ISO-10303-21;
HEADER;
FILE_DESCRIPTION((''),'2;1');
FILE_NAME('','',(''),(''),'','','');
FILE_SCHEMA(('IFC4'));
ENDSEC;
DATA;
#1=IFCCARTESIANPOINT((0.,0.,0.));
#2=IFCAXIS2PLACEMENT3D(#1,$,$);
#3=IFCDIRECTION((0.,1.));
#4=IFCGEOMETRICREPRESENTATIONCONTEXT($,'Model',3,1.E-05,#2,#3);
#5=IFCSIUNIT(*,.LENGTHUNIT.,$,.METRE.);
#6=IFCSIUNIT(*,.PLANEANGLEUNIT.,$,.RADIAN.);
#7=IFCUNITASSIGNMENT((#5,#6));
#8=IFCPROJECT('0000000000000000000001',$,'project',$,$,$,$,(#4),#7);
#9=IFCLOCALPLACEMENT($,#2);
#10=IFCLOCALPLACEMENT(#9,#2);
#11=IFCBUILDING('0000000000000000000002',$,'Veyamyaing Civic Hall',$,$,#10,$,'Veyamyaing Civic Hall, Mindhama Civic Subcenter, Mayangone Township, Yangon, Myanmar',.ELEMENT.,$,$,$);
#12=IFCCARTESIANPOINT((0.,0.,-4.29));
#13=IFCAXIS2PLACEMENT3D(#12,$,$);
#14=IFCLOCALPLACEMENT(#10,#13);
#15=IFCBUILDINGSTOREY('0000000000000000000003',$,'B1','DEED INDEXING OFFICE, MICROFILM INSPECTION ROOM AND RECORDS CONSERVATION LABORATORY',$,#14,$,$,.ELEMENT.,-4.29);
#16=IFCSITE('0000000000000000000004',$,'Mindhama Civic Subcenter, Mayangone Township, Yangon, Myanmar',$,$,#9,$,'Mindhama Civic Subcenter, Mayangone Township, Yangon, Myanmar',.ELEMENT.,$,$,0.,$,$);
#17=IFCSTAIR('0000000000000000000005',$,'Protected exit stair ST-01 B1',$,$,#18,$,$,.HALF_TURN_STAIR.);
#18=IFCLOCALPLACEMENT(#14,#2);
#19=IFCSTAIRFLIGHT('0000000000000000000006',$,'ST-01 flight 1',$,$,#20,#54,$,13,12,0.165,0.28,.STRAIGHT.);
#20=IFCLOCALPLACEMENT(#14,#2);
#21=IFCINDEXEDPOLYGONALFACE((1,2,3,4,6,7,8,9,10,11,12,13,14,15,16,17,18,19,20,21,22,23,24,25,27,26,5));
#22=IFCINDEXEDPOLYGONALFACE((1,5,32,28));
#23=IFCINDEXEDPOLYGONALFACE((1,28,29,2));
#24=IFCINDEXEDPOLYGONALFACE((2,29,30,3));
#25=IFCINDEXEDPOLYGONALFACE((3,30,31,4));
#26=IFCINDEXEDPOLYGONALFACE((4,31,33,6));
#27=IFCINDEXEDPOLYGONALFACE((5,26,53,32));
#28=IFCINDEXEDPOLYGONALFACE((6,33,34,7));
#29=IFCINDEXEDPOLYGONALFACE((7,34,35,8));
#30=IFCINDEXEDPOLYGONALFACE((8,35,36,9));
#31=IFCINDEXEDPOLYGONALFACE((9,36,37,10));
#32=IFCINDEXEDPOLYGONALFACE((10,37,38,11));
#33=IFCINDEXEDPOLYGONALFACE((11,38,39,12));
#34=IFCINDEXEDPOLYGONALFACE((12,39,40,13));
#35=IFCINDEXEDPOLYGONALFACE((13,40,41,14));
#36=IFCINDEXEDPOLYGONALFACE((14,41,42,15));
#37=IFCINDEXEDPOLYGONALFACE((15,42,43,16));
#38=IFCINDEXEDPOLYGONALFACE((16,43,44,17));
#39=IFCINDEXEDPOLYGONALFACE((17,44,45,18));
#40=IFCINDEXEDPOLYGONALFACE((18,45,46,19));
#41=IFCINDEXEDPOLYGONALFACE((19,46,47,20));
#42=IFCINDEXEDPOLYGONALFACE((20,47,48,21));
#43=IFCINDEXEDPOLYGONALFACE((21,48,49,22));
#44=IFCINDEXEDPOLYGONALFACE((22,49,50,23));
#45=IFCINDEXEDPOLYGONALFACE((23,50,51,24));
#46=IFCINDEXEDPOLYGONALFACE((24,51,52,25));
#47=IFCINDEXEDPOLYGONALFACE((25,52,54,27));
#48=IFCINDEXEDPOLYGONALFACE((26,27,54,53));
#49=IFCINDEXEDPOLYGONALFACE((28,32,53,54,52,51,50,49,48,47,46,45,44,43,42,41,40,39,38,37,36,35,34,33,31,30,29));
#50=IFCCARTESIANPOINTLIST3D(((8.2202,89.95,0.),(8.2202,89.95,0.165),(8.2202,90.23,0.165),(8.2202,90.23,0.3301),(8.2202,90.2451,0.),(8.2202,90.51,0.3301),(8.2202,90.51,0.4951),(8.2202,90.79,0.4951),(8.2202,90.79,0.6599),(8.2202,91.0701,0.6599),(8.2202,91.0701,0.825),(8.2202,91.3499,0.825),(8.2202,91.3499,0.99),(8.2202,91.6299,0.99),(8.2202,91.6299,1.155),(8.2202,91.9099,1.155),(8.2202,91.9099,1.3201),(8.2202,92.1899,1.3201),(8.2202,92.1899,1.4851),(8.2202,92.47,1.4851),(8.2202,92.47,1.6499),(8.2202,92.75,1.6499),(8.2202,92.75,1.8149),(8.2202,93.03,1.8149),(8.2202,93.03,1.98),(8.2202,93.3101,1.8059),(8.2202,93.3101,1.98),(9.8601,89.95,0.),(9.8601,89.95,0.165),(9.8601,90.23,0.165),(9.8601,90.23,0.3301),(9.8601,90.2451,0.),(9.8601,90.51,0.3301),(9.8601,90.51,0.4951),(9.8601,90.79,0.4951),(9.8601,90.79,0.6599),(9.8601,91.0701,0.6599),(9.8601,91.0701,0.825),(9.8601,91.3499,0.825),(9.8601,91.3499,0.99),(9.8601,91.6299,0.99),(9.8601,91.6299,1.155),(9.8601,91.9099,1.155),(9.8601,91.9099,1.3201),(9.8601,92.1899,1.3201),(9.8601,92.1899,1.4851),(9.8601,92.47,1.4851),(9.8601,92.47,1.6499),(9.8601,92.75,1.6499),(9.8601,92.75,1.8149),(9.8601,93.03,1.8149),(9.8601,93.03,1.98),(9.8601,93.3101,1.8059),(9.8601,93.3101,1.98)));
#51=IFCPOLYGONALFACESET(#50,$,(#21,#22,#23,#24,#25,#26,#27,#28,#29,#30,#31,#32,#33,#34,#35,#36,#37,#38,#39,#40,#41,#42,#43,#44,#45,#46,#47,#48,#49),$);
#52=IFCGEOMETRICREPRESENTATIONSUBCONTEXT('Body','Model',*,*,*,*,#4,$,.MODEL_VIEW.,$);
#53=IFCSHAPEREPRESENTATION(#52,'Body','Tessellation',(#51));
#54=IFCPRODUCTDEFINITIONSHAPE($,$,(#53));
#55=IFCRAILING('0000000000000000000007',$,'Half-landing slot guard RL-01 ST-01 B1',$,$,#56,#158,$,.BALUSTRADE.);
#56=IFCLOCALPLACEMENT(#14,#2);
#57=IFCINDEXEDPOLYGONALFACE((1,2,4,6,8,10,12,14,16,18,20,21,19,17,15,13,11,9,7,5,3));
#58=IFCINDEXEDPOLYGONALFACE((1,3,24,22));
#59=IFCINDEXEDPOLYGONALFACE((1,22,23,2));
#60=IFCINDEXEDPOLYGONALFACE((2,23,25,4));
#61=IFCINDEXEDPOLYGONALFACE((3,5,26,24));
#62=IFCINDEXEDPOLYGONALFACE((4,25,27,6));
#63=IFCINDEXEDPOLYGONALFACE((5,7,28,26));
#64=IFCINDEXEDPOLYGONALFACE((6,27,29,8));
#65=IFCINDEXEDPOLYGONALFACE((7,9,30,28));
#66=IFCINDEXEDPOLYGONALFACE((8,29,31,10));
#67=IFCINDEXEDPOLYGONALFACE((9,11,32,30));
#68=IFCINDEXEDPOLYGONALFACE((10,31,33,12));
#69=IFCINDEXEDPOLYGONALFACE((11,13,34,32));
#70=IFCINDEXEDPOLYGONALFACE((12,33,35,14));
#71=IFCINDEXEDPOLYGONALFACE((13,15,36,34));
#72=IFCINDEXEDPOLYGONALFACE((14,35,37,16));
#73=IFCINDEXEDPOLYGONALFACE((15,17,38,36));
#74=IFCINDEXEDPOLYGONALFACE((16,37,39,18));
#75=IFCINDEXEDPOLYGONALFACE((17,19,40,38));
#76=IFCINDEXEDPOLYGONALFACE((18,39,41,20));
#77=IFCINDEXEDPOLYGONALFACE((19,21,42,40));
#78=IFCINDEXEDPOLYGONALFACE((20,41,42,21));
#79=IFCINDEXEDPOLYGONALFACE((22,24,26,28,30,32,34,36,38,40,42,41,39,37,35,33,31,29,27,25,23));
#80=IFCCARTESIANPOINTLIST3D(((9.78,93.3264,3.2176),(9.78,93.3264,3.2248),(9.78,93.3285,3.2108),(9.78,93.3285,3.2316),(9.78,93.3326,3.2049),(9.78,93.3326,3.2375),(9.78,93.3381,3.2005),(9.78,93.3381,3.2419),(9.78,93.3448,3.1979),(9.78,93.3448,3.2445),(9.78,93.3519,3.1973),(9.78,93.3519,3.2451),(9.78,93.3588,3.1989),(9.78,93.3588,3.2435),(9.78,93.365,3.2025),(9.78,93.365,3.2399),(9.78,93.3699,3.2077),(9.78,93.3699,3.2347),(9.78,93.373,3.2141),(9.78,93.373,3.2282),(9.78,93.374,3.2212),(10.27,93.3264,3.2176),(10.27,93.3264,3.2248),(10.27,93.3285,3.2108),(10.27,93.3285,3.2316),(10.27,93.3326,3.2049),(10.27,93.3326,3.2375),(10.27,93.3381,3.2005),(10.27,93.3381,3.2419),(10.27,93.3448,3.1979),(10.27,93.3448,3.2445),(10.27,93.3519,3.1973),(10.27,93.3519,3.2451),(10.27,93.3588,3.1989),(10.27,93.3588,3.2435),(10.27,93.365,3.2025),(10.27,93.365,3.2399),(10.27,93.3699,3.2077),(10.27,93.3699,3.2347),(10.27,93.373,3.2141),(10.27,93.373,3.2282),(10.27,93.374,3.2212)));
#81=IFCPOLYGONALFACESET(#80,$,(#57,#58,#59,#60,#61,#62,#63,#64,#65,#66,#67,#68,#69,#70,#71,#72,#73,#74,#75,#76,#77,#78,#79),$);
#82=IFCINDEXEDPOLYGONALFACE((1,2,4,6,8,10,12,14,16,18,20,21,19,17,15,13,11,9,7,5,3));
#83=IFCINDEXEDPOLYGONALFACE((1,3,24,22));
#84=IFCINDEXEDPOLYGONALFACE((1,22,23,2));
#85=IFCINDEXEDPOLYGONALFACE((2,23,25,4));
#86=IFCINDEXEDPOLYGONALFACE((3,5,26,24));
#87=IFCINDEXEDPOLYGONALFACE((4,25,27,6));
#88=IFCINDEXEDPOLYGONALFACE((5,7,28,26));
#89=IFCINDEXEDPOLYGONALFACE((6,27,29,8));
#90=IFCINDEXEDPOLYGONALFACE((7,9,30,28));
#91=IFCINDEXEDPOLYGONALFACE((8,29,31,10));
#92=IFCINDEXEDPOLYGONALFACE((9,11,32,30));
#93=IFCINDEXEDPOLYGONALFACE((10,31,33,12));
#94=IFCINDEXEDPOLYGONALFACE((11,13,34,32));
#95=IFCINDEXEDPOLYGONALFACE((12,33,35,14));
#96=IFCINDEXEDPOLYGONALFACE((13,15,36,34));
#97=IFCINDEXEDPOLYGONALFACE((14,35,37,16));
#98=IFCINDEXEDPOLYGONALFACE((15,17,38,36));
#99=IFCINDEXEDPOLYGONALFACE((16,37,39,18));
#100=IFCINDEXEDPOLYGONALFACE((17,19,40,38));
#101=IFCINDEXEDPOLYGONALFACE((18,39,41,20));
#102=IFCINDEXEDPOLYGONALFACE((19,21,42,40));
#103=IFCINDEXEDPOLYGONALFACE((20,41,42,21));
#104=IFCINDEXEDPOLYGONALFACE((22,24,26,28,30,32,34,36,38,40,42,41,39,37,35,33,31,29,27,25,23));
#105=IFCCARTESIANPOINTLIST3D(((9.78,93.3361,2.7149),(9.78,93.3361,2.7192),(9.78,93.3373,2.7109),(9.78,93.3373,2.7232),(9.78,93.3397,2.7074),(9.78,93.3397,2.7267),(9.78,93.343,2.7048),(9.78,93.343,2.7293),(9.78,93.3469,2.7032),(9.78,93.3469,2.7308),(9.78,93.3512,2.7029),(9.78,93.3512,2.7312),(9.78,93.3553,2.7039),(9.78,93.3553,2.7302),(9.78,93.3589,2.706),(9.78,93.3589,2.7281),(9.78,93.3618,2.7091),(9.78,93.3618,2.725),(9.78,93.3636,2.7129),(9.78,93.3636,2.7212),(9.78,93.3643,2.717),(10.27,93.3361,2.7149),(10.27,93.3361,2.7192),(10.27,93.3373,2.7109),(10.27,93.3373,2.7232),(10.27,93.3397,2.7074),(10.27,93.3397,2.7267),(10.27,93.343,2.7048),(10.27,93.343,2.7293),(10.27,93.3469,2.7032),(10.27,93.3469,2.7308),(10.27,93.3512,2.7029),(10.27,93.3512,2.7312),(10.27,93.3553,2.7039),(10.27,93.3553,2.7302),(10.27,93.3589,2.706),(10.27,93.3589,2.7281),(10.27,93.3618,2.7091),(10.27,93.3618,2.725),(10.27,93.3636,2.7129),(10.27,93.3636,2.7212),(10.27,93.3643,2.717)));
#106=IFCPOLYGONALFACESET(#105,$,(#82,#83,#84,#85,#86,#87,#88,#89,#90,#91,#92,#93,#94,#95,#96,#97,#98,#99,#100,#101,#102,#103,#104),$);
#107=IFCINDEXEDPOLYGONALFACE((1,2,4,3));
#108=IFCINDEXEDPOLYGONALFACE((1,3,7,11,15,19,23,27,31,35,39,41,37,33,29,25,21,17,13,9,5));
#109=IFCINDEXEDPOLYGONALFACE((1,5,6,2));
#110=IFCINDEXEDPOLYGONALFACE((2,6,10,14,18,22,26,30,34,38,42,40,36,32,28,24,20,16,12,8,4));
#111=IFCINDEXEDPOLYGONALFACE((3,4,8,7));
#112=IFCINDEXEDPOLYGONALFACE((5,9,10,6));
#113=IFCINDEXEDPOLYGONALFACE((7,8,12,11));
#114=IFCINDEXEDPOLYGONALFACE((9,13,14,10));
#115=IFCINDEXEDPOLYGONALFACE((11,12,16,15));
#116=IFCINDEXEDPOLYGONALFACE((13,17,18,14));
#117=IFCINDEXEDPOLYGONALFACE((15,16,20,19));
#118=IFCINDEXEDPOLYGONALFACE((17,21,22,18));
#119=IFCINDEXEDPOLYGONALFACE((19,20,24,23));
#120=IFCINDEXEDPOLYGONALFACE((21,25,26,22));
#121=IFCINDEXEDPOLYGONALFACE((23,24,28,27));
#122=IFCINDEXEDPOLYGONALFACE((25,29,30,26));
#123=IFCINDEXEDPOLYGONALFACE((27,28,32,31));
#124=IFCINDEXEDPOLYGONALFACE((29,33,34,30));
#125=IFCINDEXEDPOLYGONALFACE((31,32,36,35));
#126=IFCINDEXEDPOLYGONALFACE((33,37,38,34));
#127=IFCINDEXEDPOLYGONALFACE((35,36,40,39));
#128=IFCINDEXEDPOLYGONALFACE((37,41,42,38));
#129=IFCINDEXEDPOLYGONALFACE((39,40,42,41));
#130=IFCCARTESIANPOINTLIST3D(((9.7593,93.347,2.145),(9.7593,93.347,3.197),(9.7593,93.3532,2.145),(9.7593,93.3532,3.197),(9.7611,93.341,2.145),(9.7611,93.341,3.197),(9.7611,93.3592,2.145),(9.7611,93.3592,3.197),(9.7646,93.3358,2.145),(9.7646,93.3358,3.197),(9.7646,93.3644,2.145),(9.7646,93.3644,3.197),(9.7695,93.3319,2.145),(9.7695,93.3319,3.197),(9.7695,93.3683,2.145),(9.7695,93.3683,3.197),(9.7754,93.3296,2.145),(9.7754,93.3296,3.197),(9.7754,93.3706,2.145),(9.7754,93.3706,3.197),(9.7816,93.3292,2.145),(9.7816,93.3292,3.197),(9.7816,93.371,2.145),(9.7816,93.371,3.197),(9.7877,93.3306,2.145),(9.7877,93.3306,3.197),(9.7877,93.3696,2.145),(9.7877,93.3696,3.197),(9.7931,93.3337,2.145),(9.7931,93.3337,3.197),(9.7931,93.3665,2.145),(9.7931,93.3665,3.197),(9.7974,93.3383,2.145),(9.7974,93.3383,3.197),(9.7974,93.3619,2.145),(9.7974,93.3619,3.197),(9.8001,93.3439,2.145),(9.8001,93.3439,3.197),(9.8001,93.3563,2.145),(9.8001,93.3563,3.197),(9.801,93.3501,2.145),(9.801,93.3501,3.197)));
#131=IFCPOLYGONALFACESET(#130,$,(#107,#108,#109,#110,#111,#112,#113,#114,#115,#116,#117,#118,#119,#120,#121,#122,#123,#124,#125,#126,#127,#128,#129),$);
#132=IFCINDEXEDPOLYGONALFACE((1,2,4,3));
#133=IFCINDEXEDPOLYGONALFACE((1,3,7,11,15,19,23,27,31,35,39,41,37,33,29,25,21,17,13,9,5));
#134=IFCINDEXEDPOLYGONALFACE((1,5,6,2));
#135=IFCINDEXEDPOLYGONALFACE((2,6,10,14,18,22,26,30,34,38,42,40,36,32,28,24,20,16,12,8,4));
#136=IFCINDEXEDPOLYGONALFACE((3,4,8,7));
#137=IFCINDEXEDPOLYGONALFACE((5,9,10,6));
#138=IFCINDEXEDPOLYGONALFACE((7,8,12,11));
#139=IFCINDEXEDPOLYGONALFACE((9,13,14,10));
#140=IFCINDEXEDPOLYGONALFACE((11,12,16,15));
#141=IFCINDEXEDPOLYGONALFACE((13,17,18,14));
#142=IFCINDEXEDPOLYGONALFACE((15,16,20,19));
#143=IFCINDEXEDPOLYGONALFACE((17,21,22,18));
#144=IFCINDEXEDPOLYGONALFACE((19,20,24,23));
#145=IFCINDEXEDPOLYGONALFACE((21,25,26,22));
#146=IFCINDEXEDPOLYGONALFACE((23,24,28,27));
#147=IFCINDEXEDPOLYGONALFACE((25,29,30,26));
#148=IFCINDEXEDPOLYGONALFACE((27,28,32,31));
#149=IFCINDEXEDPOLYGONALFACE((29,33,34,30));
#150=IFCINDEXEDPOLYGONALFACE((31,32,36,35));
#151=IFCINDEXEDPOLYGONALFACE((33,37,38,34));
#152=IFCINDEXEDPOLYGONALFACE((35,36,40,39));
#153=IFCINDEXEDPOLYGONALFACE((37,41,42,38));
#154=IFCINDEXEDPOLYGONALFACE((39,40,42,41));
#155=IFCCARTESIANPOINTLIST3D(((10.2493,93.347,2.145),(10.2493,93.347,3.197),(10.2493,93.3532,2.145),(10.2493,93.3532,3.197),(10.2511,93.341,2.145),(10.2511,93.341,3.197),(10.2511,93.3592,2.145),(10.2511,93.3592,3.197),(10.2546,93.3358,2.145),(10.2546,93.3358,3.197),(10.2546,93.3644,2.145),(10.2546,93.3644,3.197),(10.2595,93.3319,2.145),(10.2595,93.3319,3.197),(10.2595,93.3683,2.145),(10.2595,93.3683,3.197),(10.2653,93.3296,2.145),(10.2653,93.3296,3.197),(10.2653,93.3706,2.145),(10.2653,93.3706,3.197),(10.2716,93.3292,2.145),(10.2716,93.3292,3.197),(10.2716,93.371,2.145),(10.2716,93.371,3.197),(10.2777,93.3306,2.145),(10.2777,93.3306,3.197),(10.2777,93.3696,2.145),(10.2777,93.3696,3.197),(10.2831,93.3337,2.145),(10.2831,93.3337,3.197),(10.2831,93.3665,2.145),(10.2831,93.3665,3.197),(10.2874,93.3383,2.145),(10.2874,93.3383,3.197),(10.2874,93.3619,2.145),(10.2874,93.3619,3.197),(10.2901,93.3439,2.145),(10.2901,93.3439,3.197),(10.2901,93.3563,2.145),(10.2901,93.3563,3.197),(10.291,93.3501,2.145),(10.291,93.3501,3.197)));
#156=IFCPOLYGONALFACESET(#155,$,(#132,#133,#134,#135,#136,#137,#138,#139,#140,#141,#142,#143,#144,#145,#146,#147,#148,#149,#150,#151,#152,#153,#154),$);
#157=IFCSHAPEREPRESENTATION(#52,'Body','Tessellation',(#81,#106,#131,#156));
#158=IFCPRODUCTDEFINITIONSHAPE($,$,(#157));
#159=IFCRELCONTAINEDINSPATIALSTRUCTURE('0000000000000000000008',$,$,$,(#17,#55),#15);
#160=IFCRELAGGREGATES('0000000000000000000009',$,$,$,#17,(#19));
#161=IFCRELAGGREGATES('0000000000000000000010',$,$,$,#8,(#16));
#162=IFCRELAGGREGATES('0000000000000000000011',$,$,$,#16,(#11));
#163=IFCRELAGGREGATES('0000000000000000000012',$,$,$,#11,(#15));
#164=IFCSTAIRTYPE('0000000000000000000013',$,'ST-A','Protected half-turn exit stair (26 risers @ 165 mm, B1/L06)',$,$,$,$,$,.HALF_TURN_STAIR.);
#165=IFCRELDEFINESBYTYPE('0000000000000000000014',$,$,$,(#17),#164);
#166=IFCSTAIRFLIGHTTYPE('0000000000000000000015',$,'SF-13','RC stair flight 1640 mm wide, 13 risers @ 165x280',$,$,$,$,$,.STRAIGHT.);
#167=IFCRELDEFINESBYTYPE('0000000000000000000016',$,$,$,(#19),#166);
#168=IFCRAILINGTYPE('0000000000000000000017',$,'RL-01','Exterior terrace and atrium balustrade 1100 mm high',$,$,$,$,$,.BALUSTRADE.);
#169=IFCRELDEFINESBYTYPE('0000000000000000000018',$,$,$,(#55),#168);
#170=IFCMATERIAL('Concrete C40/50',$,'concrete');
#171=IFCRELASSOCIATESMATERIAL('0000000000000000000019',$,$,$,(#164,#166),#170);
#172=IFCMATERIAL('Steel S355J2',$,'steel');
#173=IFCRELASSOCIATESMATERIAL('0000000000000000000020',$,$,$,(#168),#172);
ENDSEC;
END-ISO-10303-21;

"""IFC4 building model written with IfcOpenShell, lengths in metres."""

from ifc_helpers import new_model, si_unit, direction, frame, origin, origin_2d, place, context, subcontext, project, spatial, polyline, circle, outline, extrude, material, type_object, element, aggregate, save


model = new_model("IFC4")

# Units and contexts
model_context = context("Model", 3, precision=1e-05, world=origin(), true_north=direction((0.0, 1.0)))
body_context = subcontext(model_context, "Body", "Model", "MODEL_VIEW")
ifc_project = project(units=[si_unit("LENGTHUNIT", "METRE"), si_unit("PLANEANGLEUNIT", "RADIAN")], contexts=[model_context])

# Site, building, storey
site_placement = place(None, origin())
site = spatial("IfcSite", under=ifc_project, at=site_placement, Name="Mindhama Civic Subcenter, Mayangone Township, Yangon, Myanmar", LongName="Mindhama Civic Subcenter, Mayangone Township, Yangon, Myanmar", CompositionType="ELEMENT", RefElevation=0.0)
building_placement = place(site_placement, origin())
building = spatial("IfcBuilding", under=site, at=building_placement, Name="Veyamyaing Civic Hall", LongName="Veyamyaing Civic Hall, Mindhama Civic Subcenter, Mayangone Township, Yangon, Myanmar", CompositionType="ELEMENT")
storey_placement = place(building_placement, frame((0.0, 0.0, -4.29)))
storey = spatial("IfcBuildingStorey", under=building, at=storey_placement, Name="B1", Description="DEED INDEXING OFFICE, MICROFILM INSPECTION ROOM AND RECORDS CONSERVATION LABORATORY", CompositionType="ELEMENT", Elevation=-4.29)

# Shared definitions
ifc_material_1 = material(Name="Concrete C40/50", Category="concrete")

# Shared definitions
ifc_material_2 = material(Name="Steel S355J2", Category="steel")

# Stair, stair flight
stair_type = type_object("IfcStairType", Name="ST-A", Description="Protected half-turn exit stair (26 risers @ 165 mm, B1/L06)", PredefinedType="HALF_TURN_STAIR", material=ifc_material_1)
stair_placement = place(storey_placement, origin())
stair = element("IfcStair", 1, at=stair_placement, inside=storey, type_object=stair_type, Name="Protected exit stair ST-01 B1", PredefinedType="HALF_TURN_STAIR")
stair_flight_type = type_object("IfcStairFlightType", Name="SF-13", Description="RC stair flight 1640 mm wide, 13 risers @ 165x280", PredefinedType="STRAIGHT", material=ifc_material_1)
stair_flight_placement = place(storey_placement, frame((9.04, 89.95, 0.0), z_axis=(0.0, 0.0, 1.0), x_axis=(0.0, 1.0, 0.0)))
stair_flight = element("IfcStairFlight", 2, at=stair_flight_placement, type_object=stair_flight_type, Name="ST-01 flight 1", NumberOfRisers=13, NumberOfTreads=12, PredefinedType="STRAIGHT", RiserHeight=0.165, TreadLength=0.28, context=body_context, shape_type="SweptSolid", body=[
    extrude(outline(polyline([(0.0, 0.0), (0.0, 0.165), (0.28, 0.165), (0.28, 0.3301), (0.5601, 0.3301), (0.5601, 0.4951), (0.8401, 0.4951), (0.8401, 0.6599), (1.1201, 0.6599), (1.1201, 0.825), (1.3999, 0.825), (1.3999, 0.99), (1.6799, 0.99), (1.6799, 1.155), (1.96, 1.155), (1.96, 1.3201), (2.24, 1.3201), (2.24, 1.4851), (2.52, 1.4851), (2.52, 1.6499), (2.8, 1.6499), (2.8, 1.8149), (3.0801, 1.8149), (3.0801, 1.98), (3.3601, 1.98), (3.3601, 2.145), (3.3601, 1.8059), (0.2952, 0.0), (0.0, 0.0)])), frame((0.0, 0.8198, 0.0), z_axis=(0.0, -1.0, 0.0), x_axis=(1.0, 0.0, 0.0)), (0.0, 0.0, 1.0), 1.6399),
])
aggregate(stair, [stair_flight])

# Railing
railing_type_1 = type_object("IfcRailingType", Name="RL-01", Description="Exterior terrace and atrium balustrade 1100 mm high", PredefinedType="BALUSTRADE", material=ifc_material_2)
railing_1_placement = place(storey_placement, frame((9.78, 93.3501, 2.145)))
element("IfcRailing", 3, at=railing_1_placement, inside=storey, type_object=railing_type_1, Name="Half-landing slot guard RL-01 ST-01 B1", PredefinedType="BALUSTRADE", context=body_context, shape_type="SweptSolid", body=[
    extrude(circle(Radius=0.0239, at=origin_2d()), frame((0.0, 0.0, 1.0762), z_axis=(1.0, 0.0, 0.0), x_axis=(0.0, 1.0, 0.0)), (0.0, 0.0, 1.0), 0.49),
    extrude(circle(Radius=0.0142, at=origin_2d()), frame((0.0, 0.0, 0.572), z_axis=(1.0, 0.0, 0.0), x_axis=(0.0, 1.0, 0.0)), (0.0, 0.0, 1.0), 0.49),
    extrude(circle(Radius=0.021, at=origin_2d()), origin(), (0.0, 0.0, 1.0), 1.052),
    extrude(circle(Radius=0.021, at=origin_2d()), frame((0.49, 0.0, 0.0)), (0.0, 0.0, 1.0), 1.052),
])

save(model, "model.ifc")
